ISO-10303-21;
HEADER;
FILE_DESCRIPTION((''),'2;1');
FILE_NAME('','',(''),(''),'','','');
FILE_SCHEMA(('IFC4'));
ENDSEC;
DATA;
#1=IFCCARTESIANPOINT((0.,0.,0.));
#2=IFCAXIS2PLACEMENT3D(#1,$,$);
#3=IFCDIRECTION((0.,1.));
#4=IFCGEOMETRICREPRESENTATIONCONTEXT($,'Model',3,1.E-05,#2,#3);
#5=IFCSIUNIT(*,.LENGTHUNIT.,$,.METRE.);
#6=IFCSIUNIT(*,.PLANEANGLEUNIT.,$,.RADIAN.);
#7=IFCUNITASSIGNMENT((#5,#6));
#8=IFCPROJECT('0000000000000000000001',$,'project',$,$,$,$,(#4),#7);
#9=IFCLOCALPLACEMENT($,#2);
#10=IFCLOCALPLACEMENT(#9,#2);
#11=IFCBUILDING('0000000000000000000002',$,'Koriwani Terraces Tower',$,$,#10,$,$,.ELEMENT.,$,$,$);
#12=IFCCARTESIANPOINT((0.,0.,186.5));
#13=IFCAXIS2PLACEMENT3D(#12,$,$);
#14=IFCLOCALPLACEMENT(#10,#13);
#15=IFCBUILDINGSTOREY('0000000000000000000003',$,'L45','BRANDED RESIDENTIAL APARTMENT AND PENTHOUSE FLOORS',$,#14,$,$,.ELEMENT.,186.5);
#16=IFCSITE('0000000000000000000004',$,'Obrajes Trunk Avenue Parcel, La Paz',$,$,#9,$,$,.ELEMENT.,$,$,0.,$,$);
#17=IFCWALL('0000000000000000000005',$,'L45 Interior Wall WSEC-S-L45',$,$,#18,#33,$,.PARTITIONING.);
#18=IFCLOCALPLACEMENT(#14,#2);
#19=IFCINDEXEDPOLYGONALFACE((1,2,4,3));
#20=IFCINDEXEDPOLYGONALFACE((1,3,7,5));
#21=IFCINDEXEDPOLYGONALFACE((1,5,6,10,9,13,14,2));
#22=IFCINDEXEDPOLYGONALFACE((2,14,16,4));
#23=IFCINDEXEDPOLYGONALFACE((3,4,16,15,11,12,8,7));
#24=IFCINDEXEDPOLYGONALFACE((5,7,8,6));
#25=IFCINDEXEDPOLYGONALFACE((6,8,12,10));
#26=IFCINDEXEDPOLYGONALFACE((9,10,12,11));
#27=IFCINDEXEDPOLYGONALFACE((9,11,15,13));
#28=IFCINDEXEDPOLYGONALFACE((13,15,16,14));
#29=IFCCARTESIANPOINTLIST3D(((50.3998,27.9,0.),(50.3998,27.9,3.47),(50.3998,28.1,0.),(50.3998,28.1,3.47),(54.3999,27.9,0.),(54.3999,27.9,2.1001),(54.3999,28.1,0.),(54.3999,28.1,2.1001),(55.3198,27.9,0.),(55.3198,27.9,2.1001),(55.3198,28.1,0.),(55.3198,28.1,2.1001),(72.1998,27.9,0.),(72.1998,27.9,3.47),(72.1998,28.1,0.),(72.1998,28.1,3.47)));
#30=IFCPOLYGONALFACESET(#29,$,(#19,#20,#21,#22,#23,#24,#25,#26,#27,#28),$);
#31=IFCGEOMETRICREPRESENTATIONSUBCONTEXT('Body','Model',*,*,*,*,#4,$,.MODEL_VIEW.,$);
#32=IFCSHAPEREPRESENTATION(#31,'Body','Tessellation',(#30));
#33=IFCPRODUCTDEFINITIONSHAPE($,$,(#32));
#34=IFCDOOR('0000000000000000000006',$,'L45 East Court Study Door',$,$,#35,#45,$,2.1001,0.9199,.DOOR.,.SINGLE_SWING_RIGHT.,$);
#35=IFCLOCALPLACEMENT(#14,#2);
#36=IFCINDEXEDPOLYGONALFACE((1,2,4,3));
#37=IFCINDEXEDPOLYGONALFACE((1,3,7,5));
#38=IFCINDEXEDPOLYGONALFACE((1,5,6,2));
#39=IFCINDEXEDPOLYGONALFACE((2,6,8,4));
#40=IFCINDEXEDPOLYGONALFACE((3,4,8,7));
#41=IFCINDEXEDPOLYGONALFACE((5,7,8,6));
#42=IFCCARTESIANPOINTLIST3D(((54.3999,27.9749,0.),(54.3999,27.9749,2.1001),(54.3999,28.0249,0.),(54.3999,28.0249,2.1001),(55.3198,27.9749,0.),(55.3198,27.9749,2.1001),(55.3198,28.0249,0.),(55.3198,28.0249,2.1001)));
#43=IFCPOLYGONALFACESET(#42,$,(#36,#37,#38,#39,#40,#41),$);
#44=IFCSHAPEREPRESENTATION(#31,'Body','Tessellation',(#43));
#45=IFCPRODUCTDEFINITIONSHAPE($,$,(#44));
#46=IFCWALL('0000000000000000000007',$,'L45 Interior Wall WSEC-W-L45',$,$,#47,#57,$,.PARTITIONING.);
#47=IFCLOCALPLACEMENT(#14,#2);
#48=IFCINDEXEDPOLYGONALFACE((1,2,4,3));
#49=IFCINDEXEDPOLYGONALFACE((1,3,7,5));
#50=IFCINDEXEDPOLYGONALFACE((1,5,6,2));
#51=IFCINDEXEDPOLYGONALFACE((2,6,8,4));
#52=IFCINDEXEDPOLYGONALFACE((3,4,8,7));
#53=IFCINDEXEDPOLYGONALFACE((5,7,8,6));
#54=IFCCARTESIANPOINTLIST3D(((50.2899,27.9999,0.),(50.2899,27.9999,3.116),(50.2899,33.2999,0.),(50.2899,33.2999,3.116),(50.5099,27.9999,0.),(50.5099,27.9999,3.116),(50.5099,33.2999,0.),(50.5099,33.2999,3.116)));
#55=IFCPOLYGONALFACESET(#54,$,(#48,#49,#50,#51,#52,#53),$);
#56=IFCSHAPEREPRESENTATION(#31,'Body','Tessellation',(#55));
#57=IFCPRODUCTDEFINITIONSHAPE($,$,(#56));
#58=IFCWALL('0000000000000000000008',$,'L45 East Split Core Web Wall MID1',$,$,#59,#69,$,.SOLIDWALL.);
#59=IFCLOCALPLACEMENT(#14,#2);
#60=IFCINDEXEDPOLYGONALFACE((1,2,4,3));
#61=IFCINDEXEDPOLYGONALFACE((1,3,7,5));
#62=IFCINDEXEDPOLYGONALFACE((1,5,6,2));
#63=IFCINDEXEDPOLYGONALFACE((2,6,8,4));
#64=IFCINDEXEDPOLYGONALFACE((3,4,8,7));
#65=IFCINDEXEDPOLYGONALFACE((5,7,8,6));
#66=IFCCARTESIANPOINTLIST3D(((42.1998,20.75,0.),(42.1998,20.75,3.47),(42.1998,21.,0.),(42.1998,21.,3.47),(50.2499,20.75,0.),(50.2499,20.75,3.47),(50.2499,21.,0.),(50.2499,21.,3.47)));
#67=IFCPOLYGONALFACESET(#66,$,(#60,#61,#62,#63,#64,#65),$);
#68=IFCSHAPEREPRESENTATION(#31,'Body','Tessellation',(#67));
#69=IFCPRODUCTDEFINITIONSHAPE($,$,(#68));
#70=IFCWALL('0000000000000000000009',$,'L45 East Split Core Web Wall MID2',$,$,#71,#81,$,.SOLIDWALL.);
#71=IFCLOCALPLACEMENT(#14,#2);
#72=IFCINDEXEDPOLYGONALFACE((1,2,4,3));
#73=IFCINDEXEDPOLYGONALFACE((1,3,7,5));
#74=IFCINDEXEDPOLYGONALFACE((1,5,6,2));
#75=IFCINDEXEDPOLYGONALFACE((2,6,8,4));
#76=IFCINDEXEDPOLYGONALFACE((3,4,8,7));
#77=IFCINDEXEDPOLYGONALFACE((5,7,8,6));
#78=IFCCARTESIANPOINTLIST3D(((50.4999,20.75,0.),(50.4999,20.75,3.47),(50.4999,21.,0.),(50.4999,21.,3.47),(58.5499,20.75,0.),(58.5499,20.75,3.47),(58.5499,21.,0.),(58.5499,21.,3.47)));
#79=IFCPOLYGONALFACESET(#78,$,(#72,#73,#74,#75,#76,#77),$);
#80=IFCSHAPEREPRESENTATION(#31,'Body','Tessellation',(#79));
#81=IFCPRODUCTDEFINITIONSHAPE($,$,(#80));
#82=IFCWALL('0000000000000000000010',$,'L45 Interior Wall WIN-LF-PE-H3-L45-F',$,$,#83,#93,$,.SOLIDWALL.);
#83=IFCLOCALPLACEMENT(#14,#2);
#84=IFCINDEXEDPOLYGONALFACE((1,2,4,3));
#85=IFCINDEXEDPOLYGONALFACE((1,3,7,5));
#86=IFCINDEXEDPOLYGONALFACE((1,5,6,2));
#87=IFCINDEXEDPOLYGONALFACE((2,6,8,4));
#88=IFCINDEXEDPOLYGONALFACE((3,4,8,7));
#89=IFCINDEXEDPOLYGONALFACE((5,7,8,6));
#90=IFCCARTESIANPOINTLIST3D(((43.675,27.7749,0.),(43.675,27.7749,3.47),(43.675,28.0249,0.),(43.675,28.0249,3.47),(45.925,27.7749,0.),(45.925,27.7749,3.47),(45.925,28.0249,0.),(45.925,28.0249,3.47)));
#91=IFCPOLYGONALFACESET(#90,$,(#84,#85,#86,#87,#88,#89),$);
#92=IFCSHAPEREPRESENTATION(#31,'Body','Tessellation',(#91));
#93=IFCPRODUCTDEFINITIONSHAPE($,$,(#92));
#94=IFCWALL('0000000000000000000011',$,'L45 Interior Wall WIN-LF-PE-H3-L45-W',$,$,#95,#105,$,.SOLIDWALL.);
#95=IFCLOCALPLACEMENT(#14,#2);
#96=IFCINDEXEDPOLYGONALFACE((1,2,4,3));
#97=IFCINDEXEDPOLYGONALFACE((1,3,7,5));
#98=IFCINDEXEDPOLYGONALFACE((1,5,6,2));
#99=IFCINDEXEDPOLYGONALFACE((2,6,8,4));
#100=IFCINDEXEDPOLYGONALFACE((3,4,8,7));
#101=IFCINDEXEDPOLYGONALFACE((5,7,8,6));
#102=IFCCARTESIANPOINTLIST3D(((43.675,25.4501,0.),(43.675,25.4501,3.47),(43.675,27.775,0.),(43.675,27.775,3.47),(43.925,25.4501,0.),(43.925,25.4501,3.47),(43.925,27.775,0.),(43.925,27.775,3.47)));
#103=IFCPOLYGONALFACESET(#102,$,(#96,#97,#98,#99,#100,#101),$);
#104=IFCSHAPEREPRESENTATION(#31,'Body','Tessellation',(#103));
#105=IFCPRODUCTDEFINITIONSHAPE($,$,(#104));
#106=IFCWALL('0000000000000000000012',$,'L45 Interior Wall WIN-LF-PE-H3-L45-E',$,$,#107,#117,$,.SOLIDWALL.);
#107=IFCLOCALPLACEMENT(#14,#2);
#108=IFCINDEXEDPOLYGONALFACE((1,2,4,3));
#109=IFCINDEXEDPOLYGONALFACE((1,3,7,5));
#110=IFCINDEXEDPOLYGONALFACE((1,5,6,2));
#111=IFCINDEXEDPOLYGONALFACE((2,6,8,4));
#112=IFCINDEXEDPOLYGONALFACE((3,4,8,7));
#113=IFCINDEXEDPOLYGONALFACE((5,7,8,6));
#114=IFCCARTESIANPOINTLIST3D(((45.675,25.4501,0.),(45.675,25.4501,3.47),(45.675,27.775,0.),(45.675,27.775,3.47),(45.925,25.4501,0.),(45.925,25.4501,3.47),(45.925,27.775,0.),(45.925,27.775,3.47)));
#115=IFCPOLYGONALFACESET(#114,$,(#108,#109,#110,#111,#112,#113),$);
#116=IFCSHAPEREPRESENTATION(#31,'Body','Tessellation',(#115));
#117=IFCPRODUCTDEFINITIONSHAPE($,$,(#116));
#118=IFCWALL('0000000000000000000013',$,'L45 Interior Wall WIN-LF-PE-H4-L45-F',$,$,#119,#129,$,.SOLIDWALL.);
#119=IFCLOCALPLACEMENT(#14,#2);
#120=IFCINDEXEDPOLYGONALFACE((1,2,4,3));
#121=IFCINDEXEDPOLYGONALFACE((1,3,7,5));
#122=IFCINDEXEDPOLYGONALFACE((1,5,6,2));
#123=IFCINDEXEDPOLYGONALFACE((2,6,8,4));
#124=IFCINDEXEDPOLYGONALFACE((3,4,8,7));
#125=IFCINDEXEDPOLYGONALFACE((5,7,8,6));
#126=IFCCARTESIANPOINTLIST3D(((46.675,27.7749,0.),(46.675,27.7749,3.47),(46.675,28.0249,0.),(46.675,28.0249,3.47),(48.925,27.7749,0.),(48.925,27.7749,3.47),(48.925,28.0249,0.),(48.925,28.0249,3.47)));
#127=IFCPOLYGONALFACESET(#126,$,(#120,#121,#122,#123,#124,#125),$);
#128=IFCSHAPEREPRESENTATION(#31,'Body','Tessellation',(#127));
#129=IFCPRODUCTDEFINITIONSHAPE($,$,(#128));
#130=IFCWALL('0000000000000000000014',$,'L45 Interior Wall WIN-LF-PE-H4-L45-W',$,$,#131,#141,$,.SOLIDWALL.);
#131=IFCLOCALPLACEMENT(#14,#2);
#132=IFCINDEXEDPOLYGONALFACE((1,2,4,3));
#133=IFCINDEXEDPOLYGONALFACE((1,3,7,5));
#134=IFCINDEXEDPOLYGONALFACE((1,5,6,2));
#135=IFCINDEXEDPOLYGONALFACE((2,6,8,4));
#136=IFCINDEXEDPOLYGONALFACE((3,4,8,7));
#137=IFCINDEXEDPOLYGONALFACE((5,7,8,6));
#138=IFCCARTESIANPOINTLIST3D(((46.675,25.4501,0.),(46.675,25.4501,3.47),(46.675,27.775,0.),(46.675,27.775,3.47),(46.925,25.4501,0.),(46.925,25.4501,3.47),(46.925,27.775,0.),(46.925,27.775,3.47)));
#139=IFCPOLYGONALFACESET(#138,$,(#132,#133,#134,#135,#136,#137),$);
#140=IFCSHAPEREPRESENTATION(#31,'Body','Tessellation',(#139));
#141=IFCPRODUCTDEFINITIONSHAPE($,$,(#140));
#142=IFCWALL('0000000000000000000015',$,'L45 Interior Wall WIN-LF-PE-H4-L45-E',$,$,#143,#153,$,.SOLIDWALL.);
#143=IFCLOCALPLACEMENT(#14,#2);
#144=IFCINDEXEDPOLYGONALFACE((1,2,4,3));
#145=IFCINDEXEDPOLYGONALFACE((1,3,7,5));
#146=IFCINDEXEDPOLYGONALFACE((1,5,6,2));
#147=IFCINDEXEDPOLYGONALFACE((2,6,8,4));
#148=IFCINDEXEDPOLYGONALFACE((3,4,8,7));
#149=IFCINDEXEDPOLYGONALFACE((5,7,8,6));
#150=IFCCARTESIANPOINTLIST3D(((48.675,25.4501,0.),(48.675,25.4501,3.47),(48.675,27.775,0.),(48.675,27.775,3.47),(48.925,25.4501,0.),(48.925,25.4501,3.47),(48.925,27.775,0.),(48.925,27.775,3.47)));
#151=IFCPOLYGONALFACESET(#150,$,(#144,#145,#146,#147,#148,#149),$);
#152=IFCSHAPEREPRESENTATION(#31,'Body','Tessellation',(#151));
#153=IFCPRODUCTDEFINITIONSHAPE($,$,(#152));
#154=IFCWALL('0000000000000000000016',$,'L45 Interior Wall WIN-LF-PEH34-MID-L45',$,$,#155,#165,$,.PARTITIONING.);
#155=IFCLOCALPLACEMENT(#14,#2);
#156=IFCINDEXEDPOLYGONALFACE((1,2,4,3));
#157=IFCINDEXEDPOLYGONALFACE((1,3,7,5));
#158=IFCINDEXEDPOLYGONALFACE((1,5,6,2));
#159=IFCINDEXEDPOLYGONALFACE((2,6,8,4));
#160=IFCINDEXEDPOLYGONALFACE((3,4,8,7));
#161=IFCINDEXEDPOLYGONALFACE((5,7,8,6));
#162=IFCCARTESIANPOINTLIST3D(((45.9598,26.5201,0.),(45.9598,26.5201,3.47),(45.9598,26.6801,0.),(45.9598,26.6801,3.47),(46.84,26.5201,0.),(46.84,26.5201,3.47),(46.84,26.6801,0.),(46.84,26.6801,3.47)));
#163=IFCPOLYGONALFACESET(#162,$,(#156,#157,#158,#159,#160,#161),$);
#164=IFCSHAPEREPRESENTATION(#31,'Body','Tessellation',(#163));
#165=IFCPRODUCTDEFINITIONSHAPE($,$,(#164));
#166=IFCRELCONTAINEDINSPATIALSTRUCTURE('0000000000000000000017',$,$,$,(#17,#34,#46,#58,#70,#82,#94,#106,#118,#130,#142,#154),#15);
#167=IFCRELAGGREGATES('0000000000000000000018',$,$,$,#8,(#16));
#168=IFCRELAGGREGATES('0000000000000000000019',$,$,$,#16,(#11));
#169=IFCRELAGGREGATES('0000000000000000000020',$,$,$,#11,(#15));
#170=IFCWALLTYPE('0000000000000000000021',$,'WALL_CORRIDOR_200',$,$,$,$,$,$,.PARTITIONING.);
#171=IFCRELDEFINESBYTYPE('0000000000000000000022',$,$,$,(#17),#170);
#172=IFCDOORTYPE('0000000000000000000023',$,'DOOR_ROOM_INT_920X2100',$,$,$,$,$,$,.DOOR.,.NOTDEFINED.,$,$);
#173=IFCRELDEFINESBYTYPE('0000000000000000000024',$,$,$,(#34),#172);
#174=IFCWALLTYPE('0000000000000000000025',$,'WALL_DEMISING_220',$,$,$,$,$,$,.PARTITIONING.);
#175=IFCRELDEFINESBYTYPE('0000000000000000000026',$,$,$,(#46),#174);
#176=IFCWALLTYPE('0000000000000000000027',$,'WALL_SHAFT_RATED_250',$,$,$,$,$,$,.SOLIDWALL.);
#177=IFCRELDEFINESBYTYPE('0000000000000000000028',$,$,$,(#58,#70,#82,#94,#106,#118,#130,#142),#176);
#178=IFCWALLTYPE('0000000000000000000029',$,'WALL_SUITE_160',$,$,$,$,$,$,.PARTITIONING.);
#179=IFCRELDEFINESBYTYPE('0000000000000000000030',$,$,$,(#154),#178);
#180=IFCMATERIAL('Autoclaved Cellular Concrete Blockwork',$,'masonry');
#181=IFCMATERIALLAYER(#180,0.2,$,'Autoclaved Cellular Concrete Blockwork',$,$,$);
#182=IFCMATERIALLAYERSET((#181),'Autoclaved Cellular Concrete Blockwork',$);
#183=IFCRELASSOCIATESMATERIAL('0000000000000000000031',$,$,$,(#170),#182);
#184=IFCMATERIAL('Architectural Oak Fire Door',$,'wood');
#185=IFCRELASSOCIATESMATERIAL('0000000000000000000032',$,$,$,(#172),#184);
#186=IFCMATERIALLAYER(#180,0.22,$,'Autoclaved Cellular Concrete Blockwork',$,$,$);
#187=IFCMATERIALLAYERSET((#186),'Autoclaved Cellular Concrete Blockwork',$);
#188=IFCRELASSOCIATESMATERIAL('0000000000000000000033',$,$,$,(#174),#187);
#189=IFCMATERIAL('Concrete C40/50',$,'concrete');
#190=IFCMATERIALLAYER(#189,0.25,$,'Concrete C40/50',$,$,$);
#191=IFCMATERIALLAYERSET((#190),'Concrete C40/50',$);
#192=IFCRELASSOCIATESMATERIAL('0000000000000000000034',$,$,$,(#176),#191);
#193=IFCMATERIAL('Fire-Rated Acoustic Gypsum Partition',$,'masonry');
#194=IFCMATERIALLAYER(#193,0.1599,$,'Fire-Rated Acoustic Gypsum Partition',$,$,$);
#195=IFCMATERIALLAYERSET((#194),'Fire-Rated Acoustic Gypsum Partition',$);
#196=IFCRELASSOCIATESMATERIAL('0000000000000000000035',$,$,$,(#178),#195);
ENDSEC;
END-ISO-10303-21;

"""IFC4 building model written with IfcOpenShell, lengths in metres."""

from ifc_helpers import new_model, si_unit, direction, frame, frame_2d, origin, place, context, subcontext, project, spatial, rectangle, extrude, material, layer, layer_set, type_object, element, fill, save


model = new_model("IFC4")

# Units and contexts
model_context = context("Model", 3, precision=1e-05, world=origin(), true_north=direction((0.0, 1.0)))
body_context = subcontext(model_context, "Body", "Model", "MODEL_VIEW")
ifc_project = project(units=[si_unit("LENGTHUNIT", "METRE"), si_unit("PLANEANGLEUNIT", "RADIAN")], contexts=[model_context])

# Site, building, storey
site_placement = place(None, origin())
site = spatial("IfcSite", under=ifc_project, at=site_placement, Name="Obrajes Trunk Avenue Parcel, La Paz", CompositionType="ELEMENT", RefElevation=0.0)
building_placement = place(site_placement, origin())
building = spatial("IfcBuilding", under=site, at=building_placement, Name="Koriwani Terraces Tower", CompositionType="ELEMENT")
storey_placement = place(building_placement, frame((0.0, 0.0, 186.5)))
storey = spatial("IfcBuildingStorey", under=building, at=storey_placement, Name="L45", Description="BRANDED RESIDENTIAL APARTMENT AND PENTHOUSE FLOORS", CompositionType="ELEMENT", Elevation=186.5)

# Wall, opening, door
ifc_material_1 = material(Name="Autoclaved Cellular Concrete Blockwork", Category="masonry")
ifc_layer_1 = layer(ifc_material_1, 0.2, Name="Autoclaved Cellular Concrete Blockwork")
ifc_layer_set_1 = layer_set([ifc_layer_1], Name="Autoclaved Cellular Concrete Blockwork")
wall_type_1 = type_object("IfcWallType", Name="WALL_CORRIDOR_200", PredefinedType="PARTITIONING", material=ifc_layer_set_1)
wall_1_placement = place(storey_placement, frame((50.3999, 28.0, 0.0), z_axis=(0.0, 0.0, 1.0), x_axis=(1.0, 0.0, 0.0)))
wall_1 = element("IfcWall", 1, at=wall_1_placement, inside=storey, type_object=wall_type_1, Name="L45 Interior Wall WSEC-S-L45", PredefinedType="PARTITIONING", context=body_context, shape_type="SweptSolid", body=[
    extrude(rectangle(XDim=21.8, YDim=0.2, at=frame_2d((10.8999, 0.0))), origin(), (0.0, 0.0, 1.0), 3.47),
])
opening_1_placement = place(wall_1_placement, frame((4.0, 0.0, 0.0)))
opening_1 = element("IfcOpeningElement", 2, at=opening_1_placement, cuts=wall_1, PredefinedType="OPENING", context=body_context, shape_type="SweptSolid", body=[
    extrude(rectangle(XDim=0.9199, YDim=2.1001, at=frame_2d((0.46, 1.05))), frame((0.0, 0.1099, 0.0), z_axis=(0.0, -1.0, 0.0), x_axis=(1.0, 0.0, 0.0)), (0.0, 0.0, 1.0), 0.22),
])
ifc_material_2 = material(Name="Architectural Oak Fire Door", Category="wood")
door_type_1 = type_object("IfcDoorType", Name="DOOR_ROOM_INT_920X2100", OperationType="NOTDEFINED", PredefinedType="DOOR", material=ifc_material_2)
door_1_placement = place(opening_1_placement, origin())
door_1 = element("IfcDoor", 3, at=door_1_placement, inside=storey, type_object=door_type_1, Name="L45 East Court Study Door", OperationType="SINGLE_SWING_RIGHT", OverallHeight=2.1001, OverallWidth=0.9199, PredefinedType="DOOR", context=body_context, shape_type="SweptSolid", body=[
    extrude(rectangle(XDim=0.9199, YDim=2.1001, at=frame_2d((0.46, 1.05))), frame((0.0, 0.0249, 0.0), z_axis=(0.0, -1.0, 0.0), x_axis=(1.0, 0.0, 0.0)), (0.0, 0.0, 1.0), 0.05),
])
fill(opening_1, door_1)

# Walls
ifc_layer_2 = layer(ifc_material_1, 0.22, Name="Autoclaved Cellular Concrete Blockwork")
ifc_layer_set_2 = layer_set([ifc_layer_2], Name="Autoclaved Cellular Concrete Blockwork")
wall_type_2 = type_object("IfcWallType", Name="WALL_DEMISING_220", PredefinedType="PARTITIONING", material=ifc_layer_set_2)
wall_2_placement = place(storey_placement, frame((50.3999, 28.0, 0.0), z_axis=(0.0, 0.0, 1.0), x_axis=(0.0, 1.0, 0.0)))
element("IfcWall", 4, at=wall_2_placement, inside=storey, type_object=wall_type_2, Name="L45 Interior Wall WSEC-W-L45", PredefinedType="PARTITIONING", context=body_context, shape_type="SweptSolid", body=[
    extrude(rectangle(XDim=5.3, YDim=0.22, at=frame_2d((2.6499, 0.0))), origin(), (0.0, 0.0, 1.0), 3.116),
])
ifc_material_3 = material(Name="Concrete C40/50", Category="concrete")
ifc_layer_3 = layer(ifc_material_3, 0.25, Name="Concrete C40/50")
ifc_layer_set_3 = layer_set([ifc_layer_3], Name="Concrete C40/50")
wall_type_3 = type_object("IfcWallType", Name="WALL_SHAFT_RATED_250", PredefinedType="SOLIDWALL", material=ifc_layer_set_3)
for number, where, z_axis, x_axis, name in (
    (5, (42.2, 20.875, 0.0), (0.0, 0.0, 1.0), (1.0, 0.0, 0.0), "L45 East Split Core Web Wall MID1"),
    (6, (50.5, 20.875, 0.0), (0.0, 0.0, 1.0), (1.0, 0.0, 0.0), "L45 East Split Core Web Wall MID2"),
):
    element("IfcWall", number, at=place(storey_placement, frame(where, z_axis=z_axis, x_axis=x_axis)), inside=storey, type_object=wall_type_3, Name=name, PredefinedType="SOLIDWALL", context=body_context, shape_type="SweptSolid", body=[
        extrude(rectangle(XDim=8.05, YDim=0.25, at=frame_2d((4.0249, 0.0))), origin(), (0.0, 0.0, 1.0), 3.47),
    ])

# Walls
wall_3_placement = place(storey_placement, frame((43.675, 27.8999, 0.0), z_axis=(0.0, 0.0, 1.0), x_axis=(1.0, 0.0, 0.0)))
element("IfcWall", 7, at=wall_3_placement, inside=storey, type_object=wall_type_3, Name="L45 Interior Wall WIN-LF-PE-H3-L45-F", PredefinedType="SOLIDWALL", context=body_context, shape_type="SweptSolid", body=[
    extrude(rectangle(XDim=2.25, YDim=0.25, at=frame_2d((1.125, 0.0))), origin(), (0.0, 0.0, 1.0), 3.47),
])
for number, where, z_axis, x_axis, name in (
    (8, (43.8, 25.45, 0.0), (0.0, 0.0, 1.0), (0.0, 1.0, 0.0), "L45 Interior Wall WIN-LF-PE-H3-L45-W"),
    (9, (45.8, 25.45, 0.0), (0.0, 0.0, 1.0), (0.0, 1.0, 0.0), "L45 Interior Wall WIN-LF-PE-H3-L45-E"),
):
    element("IfcWall", number, at=place(storey_placement, frame(where, z_axis=z_axis, x_axis=x_axis)), inside=storey, type_object=wall_type_3, Name=name, PredefinedType="SOLIDWALL", context=body_context, shape_type="SweptSolid", body=[
        extrude(rectangle(XDim=2.325, YDim=0.25, at=frame_2d((1.1626, 0.0))), origin(), (0.0, 0.0, 1.0), 3.47),
    ])
wall_4_placement = place(storey_placement, frame((46.675, 27.8999, 0.0), z_axis=(0.0, 0.0, 1.0), x_axis=(1.0, 0.0, 0.0)))
element("IfcWall", 10, at=wall_4_placement, inside=storey, type_object=wall_type_3, Name="L45 Interior Wall WIN-LF-PE-H4-L45-F", PredefinedType="SOLIDWALL", context=body_context, shape_type="SweptSolid", body=[
    extrude(rectangle(XDim=2.25, YDim=0.25, at=frame_2d((1.125, 0.0))), origin(), (0.0, 0.0, 1.0), 3.47),
])
for number, where, z_axis, x_axis, name in (
    (11, (46.8, 25.45, 0.0), (0.0, 0.0, 1.0), (0.0, 1.0, 0.0), "L45 Interior Wall WIN-LF-PE-H4-L45-W"),
    (12, (48.8, 25.45, 0.0), (0.0, 0.0, 1.0), (0.0, 1.0, 0.0), "L45 Interior Wall WIN-LF-PE-H4-L45-E"),
):
    element("IfcWall", number, at=place(storey_placement, frame(where, z_axis=z_axis, x_axis=x_axis)), inside=storey, type_object=wall_type_3, Name=name, PredefinedType="SOLIDWALL", context=body_context, shape_type="SweptSolid", body=[
        extrude(rectangle(XDim=2.325, YDim=0.25, at=frame_2d((1.1626, 0.0))), origin(), (0.0, 0.0, 1.0), 3.47),
    ])
ifc_material_4 = material(Name="Fire-Rated Acoustic Gypsum Partition", Category="masonry")
ifc_layer_4 = layer(ifc_material_4, 0.1599, Name="Fire-Rated Acoustic Gypsum Partition")
ifc_layer_set_4 = layer_set([ifc_layer_4], Name="Fire-Rated Acoustic Gypsum Partition")
wall_type_4 = type_object("IfcWallType", Name="WALL_SUITE_160", PredefinedType="PARTITIONING", material=ifc_layer_set_4)
wall_5_placement = place(storey_placement, frame((45.96, 26.6001, 0.0), z_axis=(0.0, 0.0, 1.0), x_axis=(1.0, 0.0, 0.0)))
element("IfcWall", 13, at=wall_5_placement, inside=storey, type_object=wall_type_4, Name="L45 Interior Wall WIN-LF-PEH34-MID-L45", PredefinedType="PARTITIONING", context=body_context, shape_type="SweptSolid", body=[
    extrude(rectangle(XDim=0.8801, YDim=0.1599, at=frame_2d((0.4399, 0.0))), origin(), (0.0, 0.0, 1.0), 3.47),
])

save(model, "model.ifc")
